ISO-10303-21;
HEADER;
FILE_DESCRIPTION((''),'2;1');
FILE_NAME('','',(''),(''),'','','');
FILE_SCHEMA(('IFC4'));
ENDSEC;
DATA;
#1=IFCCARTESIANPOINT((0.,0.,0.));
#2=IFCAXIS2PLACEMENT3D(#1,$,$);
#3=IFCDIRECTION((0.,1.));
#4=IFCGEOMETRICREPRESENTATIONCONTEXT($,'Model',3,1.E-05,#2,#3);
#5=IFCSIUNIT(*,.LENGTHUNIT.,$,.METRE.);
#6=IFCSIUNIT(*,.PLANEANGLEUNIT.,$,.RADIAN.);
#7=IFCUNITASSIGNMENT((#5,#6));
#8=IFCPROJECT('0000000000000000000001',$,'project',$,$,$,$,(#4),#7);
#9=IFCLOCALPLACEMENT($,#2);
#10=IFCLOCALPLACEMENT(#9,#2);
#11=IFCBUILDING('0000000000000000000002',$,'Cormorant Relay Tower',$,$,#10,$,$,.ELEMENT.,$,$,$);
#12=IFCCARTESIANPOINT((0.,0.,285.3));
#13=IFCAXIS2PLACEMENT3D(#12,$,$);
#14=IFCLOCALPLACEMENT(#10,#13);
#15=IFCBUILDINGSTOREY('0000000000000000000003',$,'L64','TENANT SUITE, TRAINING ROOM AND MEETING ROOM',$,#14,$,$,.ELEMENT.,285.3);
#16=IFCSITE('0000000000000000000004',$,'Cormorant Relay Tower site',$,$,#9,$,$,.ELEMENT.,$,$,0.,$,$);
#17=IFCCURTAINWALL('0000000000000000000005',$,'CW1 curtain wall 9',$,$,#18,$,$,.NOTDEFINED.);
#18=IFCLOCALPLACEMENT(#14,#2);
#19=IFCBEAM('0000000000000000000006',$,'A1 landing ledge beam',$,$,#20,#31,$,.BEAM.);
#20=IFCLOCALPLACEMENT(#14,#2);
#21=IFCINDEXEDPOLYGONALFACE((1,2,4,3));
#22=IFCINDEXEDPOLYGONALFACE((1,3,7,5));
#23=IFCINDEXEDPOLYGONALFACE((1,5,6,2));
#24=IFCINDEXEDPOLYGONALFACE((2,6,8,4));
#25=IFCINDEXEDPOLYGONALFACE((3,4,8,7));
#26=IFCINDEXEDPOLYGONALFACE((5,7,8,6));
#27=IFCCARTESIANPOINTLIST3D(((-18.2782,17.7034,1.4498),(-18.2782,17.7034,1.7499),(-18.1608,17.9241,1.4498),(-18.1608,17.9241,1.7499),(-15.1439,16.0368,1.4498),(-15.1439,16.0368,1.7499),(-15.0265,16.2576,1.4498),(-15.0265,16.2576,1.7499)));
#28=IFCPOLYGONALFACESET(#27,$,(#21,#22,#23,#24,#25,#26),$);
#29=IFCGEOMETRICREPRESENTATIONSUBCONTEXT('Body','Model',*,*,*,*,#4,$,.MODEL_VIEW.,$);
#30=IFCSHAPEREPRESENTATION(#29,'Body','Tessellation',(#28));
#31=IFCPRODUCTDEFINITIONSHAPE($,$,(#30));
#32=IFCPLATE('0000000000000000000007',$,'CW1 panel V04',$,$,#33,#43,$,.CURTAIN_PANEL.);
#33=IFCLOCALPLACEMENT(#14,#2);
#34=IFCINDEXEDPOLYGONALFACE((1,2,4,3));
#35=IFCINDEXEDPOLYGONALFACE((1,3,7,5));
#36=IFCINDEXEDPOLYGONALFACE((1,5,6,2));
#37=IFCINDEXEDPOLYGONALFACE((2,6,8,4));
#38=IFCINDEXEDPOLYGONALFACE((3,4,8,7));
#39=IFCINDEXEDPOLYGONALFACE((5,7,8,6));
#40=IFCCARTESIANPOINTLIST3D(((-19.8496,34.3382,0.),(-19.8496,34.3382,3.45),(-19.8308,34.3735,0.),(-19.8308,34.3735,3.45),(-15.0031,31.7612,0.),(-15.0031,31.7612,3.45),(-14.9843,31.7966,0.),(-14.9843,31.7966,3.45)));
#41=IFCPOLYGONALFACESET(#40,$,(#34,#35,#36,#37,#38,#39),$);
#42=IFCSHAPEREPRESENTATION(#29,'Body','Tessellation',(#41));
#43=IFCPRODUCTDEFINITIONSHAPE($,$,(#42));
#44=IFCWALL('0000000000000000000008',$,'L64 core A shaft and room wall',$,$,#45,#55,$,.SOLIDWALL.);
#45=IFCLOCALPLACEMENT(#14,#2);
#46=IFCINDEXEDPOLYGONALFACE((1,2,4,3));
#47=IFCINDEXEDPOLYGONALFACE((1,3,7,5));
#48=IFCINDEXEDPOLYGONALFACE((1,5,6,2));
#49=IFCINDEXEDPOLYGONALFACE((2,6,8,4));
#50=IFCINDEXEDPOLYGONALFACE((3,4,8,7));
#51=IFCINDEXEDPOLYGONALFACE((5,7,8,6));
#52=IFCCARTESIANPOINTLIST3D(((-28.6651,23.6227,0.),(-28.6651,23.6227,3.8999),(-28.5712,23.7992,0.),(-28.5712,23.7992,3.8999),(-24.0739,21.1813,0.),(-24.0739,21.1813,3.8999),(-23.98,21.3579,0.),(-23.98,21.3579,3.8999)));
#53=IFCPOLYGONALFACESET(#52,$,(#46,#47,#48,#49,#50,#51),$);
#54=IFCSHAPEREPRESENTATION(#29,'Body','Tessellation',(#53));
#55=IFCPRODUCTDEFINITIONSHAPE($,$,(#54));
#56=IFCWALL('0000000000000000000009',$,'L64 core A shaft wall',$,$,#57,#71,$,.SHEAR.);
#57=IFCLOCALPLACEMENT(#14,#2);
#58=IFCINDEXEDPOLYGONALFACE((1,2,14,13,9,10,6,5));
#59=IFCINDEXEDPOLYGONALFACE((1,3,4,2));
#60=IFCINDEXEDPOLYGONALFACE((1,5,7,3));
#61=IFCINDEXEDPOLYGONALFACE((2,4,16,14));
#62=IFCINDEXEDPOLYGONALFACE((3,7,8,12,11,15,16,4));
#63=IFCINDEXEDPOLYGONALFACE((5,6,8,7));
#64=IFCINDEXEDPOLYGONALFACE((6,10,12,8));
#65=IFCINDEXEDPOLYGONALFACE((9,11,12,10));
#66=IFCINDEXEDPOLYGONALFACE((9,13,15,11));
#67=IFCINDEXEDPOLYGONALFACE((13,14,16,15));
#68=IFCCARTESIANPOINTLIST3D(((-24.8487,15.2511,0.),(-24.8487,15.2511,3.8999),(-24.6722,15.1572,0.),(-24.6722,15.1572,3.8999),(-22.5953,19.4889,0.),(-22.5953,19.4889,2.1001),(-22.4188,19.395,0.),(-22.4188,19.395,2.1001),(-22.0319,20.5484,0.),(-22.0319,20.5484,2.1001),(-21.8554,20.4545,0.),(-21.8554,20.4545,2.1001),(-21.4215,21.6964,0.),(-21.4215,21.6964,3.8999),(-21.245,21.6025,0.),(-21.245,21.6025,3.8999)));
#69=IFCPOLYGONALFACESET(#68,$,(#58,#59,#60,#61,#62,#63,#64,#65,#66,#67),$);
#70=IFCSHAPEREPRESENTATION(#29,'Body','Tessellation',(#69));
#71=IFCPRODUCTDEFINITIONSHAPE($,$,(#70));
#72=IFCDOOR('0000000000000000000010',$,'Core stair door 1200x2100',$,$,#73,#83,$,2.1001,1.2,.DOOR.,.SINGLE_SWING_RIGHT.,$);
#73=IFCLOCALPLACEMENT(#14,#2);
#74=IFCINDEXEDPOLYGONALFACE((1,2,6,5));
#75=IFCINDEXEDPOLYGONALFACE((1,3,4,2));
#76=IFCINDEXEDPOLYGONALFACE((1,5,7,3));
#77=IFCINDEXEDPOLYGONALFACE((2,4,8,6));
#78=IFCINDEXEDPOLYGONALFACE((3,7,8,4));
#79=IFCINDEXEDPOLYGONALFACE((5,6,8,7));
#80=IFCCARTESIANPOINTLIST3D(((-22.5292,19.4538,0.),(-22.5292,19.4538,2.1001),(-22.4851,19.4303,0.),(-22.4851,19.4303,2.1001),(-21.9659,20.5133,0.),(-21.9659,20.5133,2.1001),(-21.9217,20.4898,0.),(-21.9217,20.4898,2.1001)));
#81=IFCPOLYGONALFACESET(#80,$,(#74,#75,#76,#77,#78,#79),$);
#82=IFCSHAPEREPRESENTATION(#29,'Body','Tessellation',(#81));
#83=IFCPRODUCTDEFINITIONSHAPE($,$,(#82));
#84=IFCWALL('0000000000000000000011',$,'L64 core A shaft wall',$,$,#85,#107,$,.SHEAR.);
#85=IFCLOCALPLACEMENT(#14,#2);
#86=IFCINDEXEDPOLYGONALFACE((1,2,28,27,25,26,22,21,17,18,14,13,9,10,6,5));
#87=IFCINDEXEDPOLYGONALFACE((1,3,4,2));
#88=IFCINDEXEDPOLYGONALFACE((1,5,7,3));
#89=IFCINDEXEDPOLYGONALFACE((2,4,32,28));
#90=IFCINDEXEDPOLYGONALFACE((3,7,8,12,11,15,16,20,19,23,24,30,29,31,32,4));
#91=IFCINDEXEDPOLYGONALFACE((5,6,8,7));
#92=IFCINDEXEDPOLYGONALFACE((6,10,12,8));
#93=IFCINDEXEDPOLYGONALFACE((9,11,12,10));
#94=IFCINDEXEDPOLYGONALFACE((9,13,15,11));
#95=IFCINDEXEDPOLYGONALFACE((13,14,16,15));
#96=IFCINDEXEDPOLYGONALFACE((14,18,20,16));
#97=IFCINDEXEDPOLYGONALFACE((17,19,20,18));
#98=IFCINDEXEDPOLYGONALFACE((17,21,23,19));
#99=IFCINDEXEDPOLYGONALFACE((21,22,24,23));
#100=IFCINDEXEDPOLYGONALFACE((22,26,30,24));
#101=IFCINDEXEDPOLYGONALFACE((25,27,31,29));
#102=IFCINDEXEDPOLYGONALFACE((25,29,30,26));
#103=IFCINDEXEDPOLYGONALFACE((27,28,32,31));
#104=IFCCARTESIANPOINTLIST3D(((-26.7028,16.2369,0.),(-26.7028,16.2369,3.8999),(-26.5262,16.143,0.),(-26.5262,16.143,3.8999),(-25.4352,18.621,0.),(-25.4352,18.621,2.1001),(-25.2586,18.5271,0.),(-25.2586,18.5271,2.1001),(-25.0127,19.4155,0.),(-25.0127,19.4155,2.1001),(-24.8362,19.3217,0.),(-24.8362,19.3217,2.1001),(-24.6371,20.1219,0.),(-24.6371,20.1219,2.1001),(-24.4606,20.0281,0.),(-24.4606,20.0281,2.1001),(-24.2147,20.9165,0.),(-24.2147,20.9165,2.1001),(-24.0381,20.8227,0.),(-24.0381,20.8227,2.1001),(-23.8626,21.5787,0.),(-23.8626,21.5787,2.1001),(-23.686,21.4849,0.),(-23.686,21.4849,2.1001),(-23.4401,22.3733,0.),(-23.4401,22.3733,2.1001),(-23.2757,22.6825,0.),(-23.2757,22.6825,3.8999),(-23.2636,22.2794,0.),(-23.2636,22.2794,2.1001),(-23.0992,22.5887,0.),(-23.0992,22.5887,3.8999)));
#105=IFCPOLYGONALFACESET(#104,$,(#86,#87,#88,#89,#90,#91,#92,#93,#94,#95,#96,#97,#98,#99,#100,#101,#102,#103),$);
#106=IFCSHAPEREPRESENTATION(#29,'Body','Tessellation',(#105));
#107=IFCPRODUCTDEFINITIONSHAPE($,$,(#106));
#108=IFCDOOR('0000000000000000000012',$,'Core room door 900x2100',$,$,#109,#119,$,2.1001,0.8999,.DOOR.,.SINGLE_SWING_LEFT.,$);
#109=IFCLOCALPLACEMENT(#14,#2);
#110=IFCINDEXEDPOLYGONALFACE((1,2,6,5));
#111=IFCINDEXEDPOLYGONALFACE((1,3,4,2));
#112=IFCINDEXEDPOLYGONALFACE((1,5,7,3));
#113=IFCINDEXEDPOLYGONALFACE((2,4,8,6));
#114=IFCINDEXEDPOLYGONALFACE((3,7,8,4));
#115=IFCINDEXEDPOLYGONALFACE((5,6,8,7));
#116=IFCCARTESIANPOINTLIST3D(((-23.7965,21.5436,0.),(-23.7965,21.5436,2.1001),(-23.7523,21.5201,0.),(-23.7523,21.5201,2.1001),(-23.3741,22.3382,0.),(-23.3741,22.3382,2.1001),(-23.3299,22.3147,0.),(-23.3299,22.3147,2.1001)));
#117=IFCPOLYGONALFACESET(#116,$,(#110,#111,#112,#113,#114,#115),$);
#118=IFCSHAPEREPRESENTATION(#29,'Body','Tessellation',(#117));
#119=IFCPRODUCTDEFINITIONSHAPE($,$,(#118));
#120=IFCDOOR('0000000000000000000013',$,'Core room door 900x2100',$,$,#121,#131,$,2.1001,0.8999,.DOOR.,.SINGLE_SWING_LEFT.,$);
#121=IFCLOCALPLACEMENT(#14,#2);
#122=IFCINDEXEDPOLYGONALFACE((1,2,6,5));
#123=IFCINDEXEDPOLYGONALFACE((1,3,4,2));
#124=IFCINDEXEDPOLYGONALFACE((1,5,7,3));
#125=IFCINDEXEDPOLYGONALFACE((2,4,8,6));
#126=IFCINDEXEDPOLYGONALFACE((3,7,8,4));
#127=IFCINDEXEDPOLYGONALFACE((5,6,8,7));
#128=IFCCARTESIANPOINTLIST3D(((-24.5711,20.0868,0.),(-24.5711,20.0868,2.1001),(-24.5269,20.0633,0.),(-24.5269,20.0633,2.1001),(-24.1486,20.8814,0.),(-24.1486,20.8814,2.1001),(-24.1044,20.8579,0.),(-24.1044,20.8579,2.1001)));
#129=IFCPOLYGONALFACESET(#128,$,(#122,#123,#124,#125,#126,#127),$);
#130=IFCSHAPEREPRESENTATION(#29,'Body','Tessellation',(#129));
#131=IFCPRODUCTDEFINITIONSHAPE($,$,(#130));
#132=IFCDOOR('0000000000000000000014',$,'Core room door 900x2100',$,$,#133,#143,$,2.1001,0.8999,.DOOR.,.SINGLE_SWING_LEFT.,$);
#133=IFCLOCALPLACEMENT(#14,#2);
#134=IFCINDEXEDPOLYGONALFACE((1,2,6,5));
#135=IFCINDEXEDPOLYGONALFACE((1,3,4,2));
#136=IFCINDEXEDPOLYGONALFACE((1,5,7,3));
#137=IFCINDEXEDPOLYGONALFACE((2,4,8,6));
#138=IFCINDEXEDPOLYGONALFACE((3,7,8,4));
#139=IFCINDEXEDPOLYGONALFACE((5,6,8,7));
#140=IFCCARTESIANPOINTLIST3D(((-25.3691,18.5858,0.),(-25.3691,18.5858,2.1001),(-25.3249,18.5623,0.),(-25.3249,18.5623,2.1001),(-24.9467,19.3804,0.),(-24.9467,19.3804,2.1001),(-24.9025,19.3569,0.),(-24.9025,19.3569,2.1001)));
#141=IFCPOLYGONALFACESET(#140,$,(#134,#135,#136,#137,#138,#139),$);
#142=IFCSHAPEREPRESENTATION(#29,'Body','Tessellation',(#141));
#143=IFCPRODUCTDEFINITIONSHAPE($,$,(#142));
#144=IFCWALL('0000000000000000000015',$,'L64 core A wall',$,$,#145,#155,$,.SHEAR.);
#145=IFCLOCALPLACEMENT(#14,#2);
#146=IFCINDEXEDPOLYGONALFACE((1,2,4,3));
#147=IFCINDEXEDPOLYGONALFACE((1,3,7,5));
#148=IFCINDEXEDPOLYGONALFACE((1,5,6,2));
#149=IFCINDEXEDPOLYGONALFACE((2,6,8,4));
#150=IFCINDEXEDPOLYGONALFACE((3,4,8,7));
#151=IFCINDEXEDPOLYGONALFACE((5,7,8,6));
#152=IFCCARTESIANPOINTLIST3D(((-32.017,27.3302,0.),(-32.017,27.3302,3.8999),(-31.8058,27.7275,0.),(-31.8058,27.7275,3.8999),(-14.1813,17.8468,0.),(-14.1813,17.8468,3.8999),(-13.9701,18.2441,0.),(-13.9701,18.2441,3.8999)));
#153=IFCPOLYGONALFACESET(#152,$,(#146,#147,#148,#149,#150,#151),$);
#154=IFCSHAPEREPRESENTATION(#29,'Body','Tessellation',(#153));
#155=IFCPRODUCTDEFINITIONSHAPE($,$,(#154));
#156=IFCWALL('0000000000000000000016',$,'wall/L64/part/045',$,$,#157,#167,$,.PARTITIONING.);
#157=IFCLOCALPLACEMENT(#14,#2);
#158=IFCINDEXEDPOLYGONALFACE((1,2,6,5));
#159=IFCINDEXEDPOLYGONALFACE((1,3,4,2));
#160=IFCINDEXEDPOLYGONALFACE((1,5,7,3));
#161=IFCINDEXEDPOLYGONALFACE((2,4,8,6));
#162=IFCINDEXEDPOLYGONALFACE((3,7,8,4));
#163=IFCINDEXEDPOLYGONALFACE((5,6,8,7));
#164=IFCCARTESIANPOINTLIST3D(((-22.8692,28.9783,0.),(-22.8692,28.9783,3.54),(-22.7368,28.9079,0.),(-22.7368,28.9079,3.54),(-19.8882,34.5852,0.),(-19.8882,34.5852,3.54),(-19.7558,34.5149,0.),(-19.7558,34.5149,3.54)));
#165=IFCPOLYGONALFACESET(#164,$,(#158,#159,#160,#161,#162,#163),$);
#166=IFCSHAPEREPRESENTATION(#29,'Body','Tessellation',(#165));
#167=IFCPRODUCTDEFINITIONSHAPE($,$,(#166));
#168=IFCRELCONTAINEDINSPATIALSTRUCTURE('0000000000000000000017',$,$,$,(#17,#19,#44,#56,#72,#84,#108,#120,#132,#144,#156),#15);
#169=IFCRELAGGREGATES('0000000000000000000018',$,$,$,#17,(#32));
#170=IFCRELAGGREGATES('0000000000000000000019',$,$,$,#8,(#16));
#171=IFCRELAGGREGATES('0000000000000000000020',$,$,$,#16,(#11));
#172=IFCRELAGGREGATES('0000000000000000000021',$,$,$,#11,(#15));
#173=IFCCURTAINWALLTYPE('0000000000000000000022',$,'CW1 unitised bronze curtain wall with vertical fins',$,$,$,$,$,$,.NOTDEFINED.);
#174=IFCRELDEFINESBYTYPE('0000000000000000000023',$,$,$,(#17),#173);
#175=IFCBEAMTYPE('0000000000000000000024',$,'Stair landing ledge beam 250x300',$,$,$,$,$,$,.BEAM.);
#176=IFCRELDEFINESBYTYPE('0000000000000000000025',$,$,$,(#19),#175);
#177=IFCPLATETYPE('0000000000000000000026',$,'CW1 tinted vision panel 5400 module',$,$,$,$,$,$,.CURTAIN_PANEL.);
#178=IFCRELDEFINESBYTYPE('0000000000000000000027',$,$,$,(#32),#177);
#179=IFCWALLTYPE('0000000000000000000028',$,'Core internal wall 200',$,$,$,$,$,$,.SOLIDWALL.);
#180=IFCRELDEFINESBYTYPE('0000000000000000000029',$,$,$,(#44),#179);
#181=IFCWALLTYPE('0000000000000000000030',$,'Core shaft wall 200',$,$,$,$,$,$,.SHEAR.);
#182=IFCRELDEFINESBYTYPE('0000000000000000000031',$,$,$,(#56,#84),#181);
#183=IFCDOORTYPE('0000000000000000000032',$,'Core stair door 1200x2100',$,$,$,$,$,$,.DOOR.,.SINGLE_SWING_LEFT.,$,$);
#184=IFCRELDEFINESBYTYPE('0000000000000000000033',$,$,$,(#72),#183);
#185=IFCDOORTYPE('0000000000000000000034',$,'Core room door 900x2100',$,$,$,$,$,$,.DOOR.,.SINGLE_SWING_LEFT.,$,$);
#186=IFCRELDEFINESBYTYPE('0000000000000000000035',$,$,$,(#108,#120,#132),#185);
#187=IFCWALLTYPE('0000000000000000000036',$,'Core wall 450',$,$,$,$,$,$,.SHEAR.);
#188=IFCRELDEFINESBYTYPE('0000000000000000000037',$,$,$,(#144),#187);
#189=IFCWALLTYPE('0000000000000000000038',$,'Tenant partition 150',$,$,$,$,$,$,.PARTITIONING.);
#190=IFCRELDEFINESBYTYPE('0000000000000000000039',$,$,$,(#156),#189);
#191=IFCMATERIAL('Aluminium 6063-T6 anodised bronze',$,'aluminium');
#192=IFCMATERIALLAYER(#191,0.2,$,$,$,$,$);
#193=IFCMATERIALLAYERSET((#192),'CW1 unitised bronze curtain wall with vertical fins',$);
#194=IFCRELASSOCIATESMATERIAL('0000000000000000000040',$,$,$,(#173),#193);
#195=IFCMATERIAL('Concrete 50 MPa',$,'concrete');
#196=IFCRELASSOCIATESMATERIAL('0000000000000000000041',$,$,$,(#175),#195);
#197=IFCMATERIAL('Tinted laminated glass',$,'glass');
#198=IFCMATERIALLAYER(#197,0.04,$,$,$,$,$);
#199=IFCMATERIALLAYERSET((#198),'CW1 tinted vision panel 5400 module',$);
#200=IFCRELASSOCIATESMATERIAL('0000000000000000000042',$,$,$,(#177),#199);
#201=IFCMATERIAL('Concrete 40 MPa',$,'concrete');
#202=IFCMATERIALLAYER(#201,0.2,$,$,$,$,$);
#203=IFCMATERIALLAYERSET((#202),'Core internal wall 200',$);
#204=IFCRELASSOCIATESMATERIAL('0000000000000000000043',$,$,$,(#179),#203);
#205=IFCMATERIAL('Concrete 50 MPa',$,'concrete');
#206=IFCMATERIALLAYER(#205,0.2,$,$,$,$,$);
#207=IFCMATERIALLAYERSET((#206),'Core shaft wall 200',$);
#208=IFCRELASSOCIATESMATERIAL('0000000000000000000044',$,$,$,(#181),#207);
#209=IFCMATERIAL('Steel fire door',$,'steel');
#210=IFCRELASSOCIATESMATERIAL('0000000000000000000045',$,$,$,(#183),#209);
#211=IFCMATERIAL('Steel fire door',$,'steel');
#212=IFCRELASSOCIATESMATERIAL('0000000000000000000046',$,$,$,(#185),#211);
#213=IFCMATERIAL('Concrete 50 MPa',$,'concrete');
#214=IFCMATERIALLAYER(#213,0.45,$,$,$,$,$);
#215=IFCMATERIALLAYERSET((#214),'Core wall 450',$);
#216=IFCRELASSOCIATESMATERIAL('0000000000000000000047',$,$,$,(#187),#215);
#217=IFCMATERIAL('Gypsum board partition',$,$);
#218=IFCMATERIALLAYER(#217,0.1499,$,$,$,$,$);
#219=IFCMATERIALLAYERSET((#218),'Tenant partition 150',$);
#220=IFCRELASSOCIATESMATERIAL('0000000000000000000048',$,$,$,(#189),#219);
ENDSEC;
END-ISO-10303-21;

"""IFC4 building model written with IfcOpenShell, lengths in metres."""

from ifc_helpers import new_model, si_unit, direction, frame, frame_2d, origin, origin_2d, place, context, subcontext, project, spatial, rectangle, extrude, material, layer, layer_set, material_profile, profile_set, type_object, element, fill, aggregate, save


model = new_model("IFC4")

# Units and contexts
model_context = context("Model", 3, precision=1e-05, world=origin(), true_north=direction((0.0, 1.0)))
body_context = subcontext(model_context, "Body", "Model", "MODEL_VIEW")
ifc_project = project(units=[si_unit("LENGTHUNIT", "METRE"), si_unit("PLANEANGLEUNIT", "RADIAN")], contexts=[model_context])

# Site, building, storey
site_placement = place(None, origin())
site = spatial("IfcSite", under=ifc_project, at=site_placement, Name="Cormorant Relay Tower site", CompositionType="ELEMENT", RefElevation=0.0)
building_placement = place(site_placement, origin())
building = spatial("IfcBuilding", under=site, at=building_placement, Name="Cormorant Relay Tower", CompositionType="ELEMENT")
storey_placement = place(building_placement, frame((0.0, 0.0, 285.3)))
storey = spatial("IfcBuildingStorey", under=building, at=storey_placement, Name="L64", Description="TENANT SUITE, TRAINING ROOM AND MEETING ROOM", CompositionType="ELEMENT", Elevation=285.3)

# Curtain wall
ifc_material_1 = material(Name="Aluminium 6063-T6 anodised bronze", Category="aluminium")
ifc_layer_1 = layer(ifc_material_1, 0.2)
ifc_layer_set_1 = layer_set([ifc_layer_1], Name="CW1 unitised bronze curtain wall with vertical fins")
curtain_wall_type = type_object("IfcCurtainWallType", Name="CW1 unitised bronze curtain wall with vertical fins", PredefinedType="NOTDEFINED", material=ifc_layer_set_1)
curtain_wall_placement = place(storey_placement, origin())
curtain_wall = element("IfcCurtainWall", 1, at=curtain_wall_placement, inside=storey, type_object=curtain_wall_type, Name="CW1 curtain wall 9", PredefinedType="NOTDEFINED")

# Beam
ifc_material_2 = material(Name="Concrete 50 MPa", Category="concrete")
ifc_material_profile_1 = material_profile(ifc_material_2, rectangle(XDim=0.25, YDim=0.3, at=origin_2d()), Name="RC 250x300")
ifc_profile_set_1 = profile_set([ifc_material_profile_1], Name="Concrete 50 MPa")
beam_type_1 = type_object("IfcBeamType", Name="Stair landing ledge beam 250x300", PredefinedType="BEAM", material=ifc_profile_set_1)
beam_1_placement = place(storey_placement, frame((-18.2195, 17.8137, 1.5999), z_axis=(0.88295, -0.469467, 0.0), x_axis=(0.469467, 0.88295, 0.0)))
element("IfcBeam", 2, at=beam_1_placement, inside=storey, type_object=beam_type_1, Name="A1 landing ledge beam", PredefinedType="BEAM", context=body_context, shape_type="SweptSolid", body=[
    extrude(rectangle(XDim=0.25, YDim=0.3, at=origin_2d()), origin(), (0.0, 0.0, 1.0), 3.5498),
])

# Plate
ifc_material_3 = material(Name="Tinted laminated glass", Category="glass")
ifc_layer_2 = layer(ifc_material_3, 0.04)
ifc_layer_set_2 = layer_set([ifc_layer_2], Name="CW1 tinted vision panel 5400 module")
plate_type = type_object("IfcPlateType", Name="CW1 tinted vision panel 5400 module", PredefinedType="CURTAIN_PANEL", material=ifc_layer_set_2)
plate_placement = place(storey_placement, frame((-17.417, 33.0674, 0.0), z_axis=(0.0, 0.0, 1.0), x_axis=(-0.882948, 0.469472, 0.0)))
plate = element("IfcPlate", 3, at=plate_placement, type_object=plate_type, Name="CW1 panel V04", PredefinedType="CURTAIN_PANEL", context=body_context, shape_type="SweptSolid", body=[
    extrude(rectangle(XDim=5.489, YDim=0.04, at=origin_2d()), origin(), (0.0, 0.0, 1.0), 3.45),
])

# Wall
ifc_material_4 = material(Name="Concrete 40 MPa", Category="concrete")
ifc_layer_3 = layer(ifc_material_4, 0.2)
ifc_layer_set_3 = layer_set([ifc_layer_3], Name="Core internal wall 200")
wall_type_1 = type_object("IfcWallType", Name="Core internal wall 200", PredefinedType="SOLIDWALL", material=ifc_layer_set_3)
wall_1_placement = place(storey_placement, frame((-24.0269, 21.2695, 0.0), z_axis=(0.0, 0.0, 1.0), x_axis=(-0.882935, 0.469496, 0.0)))
element("IfcWall", 4, at=wall_1_placement, inside=storey, type_object=wall_type_1, Name="L64 core A shaft and room wall", PredefinedType="SOLIDWALL", context=body_context, shape_type="SweptSolid", body=[
    extrude(rectangle(XDim=5.2, YDim=0.2, at=frame_2d((2.6001, 0.0))), origin(), (0.0, 0.0, 1.0), 3.8999),
])

# Wall, opening, door
ifc_material_5 = material(Name="Concrete 50 MPa", Category="concrete")
ifc_layer_4 = layer(ifc_material_5, 0.2)
ifc_layer_set_4 = layer_set([ifc_layer_4], Name="Core shaft wall 200")
wall_type_2 = type_object("IfcWallType", Name="Core shaft wall 200", PredefinedType="SHEAR", material=ifc_layer_set_4)
wall_2_placement = place(storey_placement, frame((-21.3333, 21.6494, 0.0), z_axis=(0.0, 0.0, 1.0), x_axis=(-0.469494, -0.882936, 0.0)))
wall_2 = element("IfcWall", 5, at=wall_2_placement, inside=storey, type_object=wall_type_2, Name="L64 core A shaft wall", PredefinedType="SHEAR", context=body_context, shape_type="SweptSolid", body=[
    extrude(rectangle(XDim=7.2998, YDim=0.2, at=frame_2d((3.6499, 0.0))), origin(), (0.0, 0.0, 1.0), 3.8999),
])
opening_1_placement = place(wall_2_placement, frame((1.3, 0.0, 0.0)))
opening_1 = element("IfcOpeningElement", 6, at=opening_1_placement, cuts=wall_2, PredefinedType="OPENING", context=body_context, shape_type="SweptSolid", body=[
    extrude(rectangle(XDim=1.2, YDim=2.1001, at=frame_2d((0.6001, 1.05))), frame((0.0, 0.1099, 0.0), z_axis=(0.0, -1.0, 0.0), x_axis=(1.0, 0.0, 0.0)), (0.0, 0.0, 1.0), 0.22),
])
ifc_material_6 = material(Name="Steel fire door", Category="steel")
door_type_1 = type_object("IfcDoorType", Name="Core stair door 1200x2100", OperationType="SINGLE_SWING_LEFT", PredefinedType="DOOR", material=ifc_material_6)
door_1_placement = place(opening_1_placement, origin())
door_1 = element("IfcDoor", 7, at=door_1_placement, inside=storey, type_object=door_type_1, Name="Core stair door 1200x2100", OperationType="SINGLE_SWING_RIGHT", OverallHeight=2.1001, OverallWidth=1.2, PredefinedType="DOOR", context=body_context, shape_type="SweptSolid", body=[
    extrude(rectangle(XDim=1.2, YDim=2.1001, at=frame_2d((0.6001, 1.05))), frame((0.0, 0.0249, 0.0), z_axis=(0.0, -1.0, 0.0), x_axis=(1.0, 0.0, 0.0)), (0.0, 0.0, 1.0), 0.05),
])
fill(opening_1, door_1)

# Wall, openings, doors
wall_3_placement = place(storey_placement, frame((-23.1875, 22.6355, 0.0), z_axis=(0.0, 0.0, 1.0), x_axis=(-0.469454, -0.882957, 0.0)))
wall_3 = element("IfcWall", 8, at=wall_3_placement, inside=storey, type_object=wall_type_2, Name="L64 core A shaft wall", PredefinedType="SHEAR", context=body_context, shape_type="SweptSolid", body=[
    extrude(rectangle(XDim=7.3, YDim=0.2, at=frame_2d((3.6499, 0.0))), origin(), (0.0, 0.0, 1.0), 3.8999),
])
opening_2_placement = place(wall_3_placement, frame((0.3501, 0.0, 0.0)))
opening_2 = element("IfcOpeningElement", 9, at=opening_2_placement, cuts=wall_3, PredefinedType="OPENING", context=body_context, shape_type="SweptSolid", body=[
    extrude(rectangle(XDim=0.8999, YDim=2.1001, at=frame_2d((0.45, 1.05))), frame((0.0, 0.1099, 0.0), z_axis=(0.0, -1.0, 0.0), x_axis=(1.0, 0.0, 0.0)), (0.0, 0.0, 1.0), 0.22),
])
opening_3_placement = place(wall_3_placement, frame((2.0, 0.0, 0.0)))
opening_3 = element("IfcOpeningElement", 10, at=opening_3_placement, cuts=wall_3, PredefinedType="OPENING", context=body_context, shape_type="SweptSolid", body=[
    extrude(rectangle(XDim=0.8999, YDim=2.1001, at=frame_2d((0.45, 1.05))), frame((0.0, 0.1099, 0.0), z_axis=(0.0, -1.0, 0.0), x_axis=(1.0, 0.0, 0.0)), (0.0, 0.0, 1.0), 0.22),
])
opening_4_placement = place(wall_3_placement, frame((3.7, 0.0, 0.0)))
opening_4 = element("IfcOpeningElement", 11, at=opening_4_placement, cuts=wall_3, PredefinedType="OPENING", context=body_context, shape_type="SweptSolid", body=[
    extrude(rectangle(XDim=0.8999, YDim=2.1001, at=frame_2d((0.45, 1.05))), frame((0.0, 0.1099, 0.0), z_axis=(0.0, -1.0, 0.0), x_axis=(1.0, 0.0, 0.0)), (0.0, 0.0, 1.0), 0.22),
])
ifc_material_7 = material(Name="Steel fire door", Category="steel")
door_type_2 = type_object("IfcDoorType", Name="Core room door 900x2100", OperationType="SINGLE_SWING_LEFT", PredefinedType="DOOR", material=ifc_material_7)
door_2_placement = place(opening_2_placement, origin())
door_2 = element("IfcDoor", 12, at=door_2_placement, inside=storey, type_object=door_type_2, Name="Core room door 900x2100", OperationType="SINGLE_SWING_LEFT", OverallHeight=2.1001, OverallWidth=0.8999, PredefinedType="DOOR", context=body_context, shape_type="SweptSolid", body=[
    extrude(rectangle(XDim=0.8999, YDim=2.1001, at=frame_2d((0.45, 1.05))), frame((0.0, 0.0249, 0.0), z_axis=(0.0, -1.0, 0.0), x_axis=(1.0, 0.0, 0.0)), (0.0, 0.0, 1.0), 0.05),
])
fill(opening_2, door_2)
door_3_placement = place(opening_3_placement, origin())
door_3 = element("IfcDoor", 13, at=door_3_placement, inside=storey, type_object=door_type_2, Name="Core room door 900x2100", OperationType="SINGLE_SWING_LEFT", OverallHeight=2.1001, OverallWidth=0.8999, PredefinedType="DOOR", context=body_context, shape_type="SweptSolid", body=[
    extrude(rectangle(XDim=0.8999, YDim=2.1001, at=frame_2d((0.45, 1.05))), frame((0.0, 0.0249, 0.0), z_axis=(0.0, -1.0, 0.0), x_axis=(1.0, 0.0, 0.0)), (0.0, 0.0, 1.0), 0.05),
])
fill(opening_3, door_3)
door_4_placement = place(opening_4_placement, origin())
door_4 = element("IfcDoor", 14, at=door_4_placement, inside=storey, type_object=door_type_2, Name="Core room door 900x2100", OperationType="SINGLE_SWING_LEFT", OverallHeight=2.1001, OverallWidth=0.8999, PredefinedType="DOOR", context=body_context, shape_type="SweptSolid", body=[
    extrude(rectangle(XDim=0.8999, YDim=2.1001, at=frame_2d((0.45, 1.05))), frame((0.0, 0.0249, 0.0), z_axis=(0.0, -1.0, 0.0), x_axis=(1.0, 0.0, 0.0)), (0.0, 0.0, 1.0), 0.05),
])
fill(opening_4, door_4)

# Shared definitions
ifc_material_8 = material(Name="Concrete 50 MPa", Category="concrete")
ifc_layer_5 = layer(ifc_material_8, 0.45)
ifc_layer_set_5 = layer_set([ifc_layer_5], Name="Core wall 450")
wall_type_3 = type_object("IfcWallType", Name="Core wall 450", PredefinedType="SHEAR", material=ifc_layer_set_5)

# Walls
wall_4_placement = place(storey_placement, frame((-14.0757, 18.0454, 0.0), z_axis=(0.0, 0.0, 1.0), x_axis=(-0.882948, 0.469471, 0.0)))
element("IfcWall", 15, at=wall_4_placement, inside=storey, type_object=wall_type_3, Name="L64 core A wall", PredefinedType="SHEAR", context=body_context, shape_type="SweptSolid", body=[
    extrude(rectangle(XDim=20.2002, YDim=0.45, at=frame_2d((10.1001, 0.0))), origin(), (0.0, 0.0, 1.0), 3.8999),
])
ifc_material_9 = material(Name="Gypsum board partition")
ifc_layer_6 = layer(ifc_material_9, 0.1499)
ifc_layer_set_6 = layer_set([ifc_layer_6], Name="Tenant partition 150")
wall_type_4 = type_object("IfcWallType", Name="Tenant partition 150", PredefinedType="PARTITIONING", material=ifc_layer_set_6)
wall_5_placement = place(storey_placement, frame((-19.822, 34.55, 0.0), z_axis=(0.0, 0.0, 1.0), x_axis=(-0.469434, -0.882967, 0.0)))
element("IfcWall", 16, at=wall_5_placement, inside=storey, type_object=wall_type_4, Name="wall/L64/part/045", PredefinedType="PARTITIONING", context=body_context, shape_type="SweptSolid", body=[
    extrude(rectangle(XDim=6.3501, YDim=0.1499, at=frame_2d((3.175, 0.0))), origin(), (0.0, 0.0, 1.0), 3.54),
])

aggregate(curtain_wall, [plate])

save(model, "model.ifc")
